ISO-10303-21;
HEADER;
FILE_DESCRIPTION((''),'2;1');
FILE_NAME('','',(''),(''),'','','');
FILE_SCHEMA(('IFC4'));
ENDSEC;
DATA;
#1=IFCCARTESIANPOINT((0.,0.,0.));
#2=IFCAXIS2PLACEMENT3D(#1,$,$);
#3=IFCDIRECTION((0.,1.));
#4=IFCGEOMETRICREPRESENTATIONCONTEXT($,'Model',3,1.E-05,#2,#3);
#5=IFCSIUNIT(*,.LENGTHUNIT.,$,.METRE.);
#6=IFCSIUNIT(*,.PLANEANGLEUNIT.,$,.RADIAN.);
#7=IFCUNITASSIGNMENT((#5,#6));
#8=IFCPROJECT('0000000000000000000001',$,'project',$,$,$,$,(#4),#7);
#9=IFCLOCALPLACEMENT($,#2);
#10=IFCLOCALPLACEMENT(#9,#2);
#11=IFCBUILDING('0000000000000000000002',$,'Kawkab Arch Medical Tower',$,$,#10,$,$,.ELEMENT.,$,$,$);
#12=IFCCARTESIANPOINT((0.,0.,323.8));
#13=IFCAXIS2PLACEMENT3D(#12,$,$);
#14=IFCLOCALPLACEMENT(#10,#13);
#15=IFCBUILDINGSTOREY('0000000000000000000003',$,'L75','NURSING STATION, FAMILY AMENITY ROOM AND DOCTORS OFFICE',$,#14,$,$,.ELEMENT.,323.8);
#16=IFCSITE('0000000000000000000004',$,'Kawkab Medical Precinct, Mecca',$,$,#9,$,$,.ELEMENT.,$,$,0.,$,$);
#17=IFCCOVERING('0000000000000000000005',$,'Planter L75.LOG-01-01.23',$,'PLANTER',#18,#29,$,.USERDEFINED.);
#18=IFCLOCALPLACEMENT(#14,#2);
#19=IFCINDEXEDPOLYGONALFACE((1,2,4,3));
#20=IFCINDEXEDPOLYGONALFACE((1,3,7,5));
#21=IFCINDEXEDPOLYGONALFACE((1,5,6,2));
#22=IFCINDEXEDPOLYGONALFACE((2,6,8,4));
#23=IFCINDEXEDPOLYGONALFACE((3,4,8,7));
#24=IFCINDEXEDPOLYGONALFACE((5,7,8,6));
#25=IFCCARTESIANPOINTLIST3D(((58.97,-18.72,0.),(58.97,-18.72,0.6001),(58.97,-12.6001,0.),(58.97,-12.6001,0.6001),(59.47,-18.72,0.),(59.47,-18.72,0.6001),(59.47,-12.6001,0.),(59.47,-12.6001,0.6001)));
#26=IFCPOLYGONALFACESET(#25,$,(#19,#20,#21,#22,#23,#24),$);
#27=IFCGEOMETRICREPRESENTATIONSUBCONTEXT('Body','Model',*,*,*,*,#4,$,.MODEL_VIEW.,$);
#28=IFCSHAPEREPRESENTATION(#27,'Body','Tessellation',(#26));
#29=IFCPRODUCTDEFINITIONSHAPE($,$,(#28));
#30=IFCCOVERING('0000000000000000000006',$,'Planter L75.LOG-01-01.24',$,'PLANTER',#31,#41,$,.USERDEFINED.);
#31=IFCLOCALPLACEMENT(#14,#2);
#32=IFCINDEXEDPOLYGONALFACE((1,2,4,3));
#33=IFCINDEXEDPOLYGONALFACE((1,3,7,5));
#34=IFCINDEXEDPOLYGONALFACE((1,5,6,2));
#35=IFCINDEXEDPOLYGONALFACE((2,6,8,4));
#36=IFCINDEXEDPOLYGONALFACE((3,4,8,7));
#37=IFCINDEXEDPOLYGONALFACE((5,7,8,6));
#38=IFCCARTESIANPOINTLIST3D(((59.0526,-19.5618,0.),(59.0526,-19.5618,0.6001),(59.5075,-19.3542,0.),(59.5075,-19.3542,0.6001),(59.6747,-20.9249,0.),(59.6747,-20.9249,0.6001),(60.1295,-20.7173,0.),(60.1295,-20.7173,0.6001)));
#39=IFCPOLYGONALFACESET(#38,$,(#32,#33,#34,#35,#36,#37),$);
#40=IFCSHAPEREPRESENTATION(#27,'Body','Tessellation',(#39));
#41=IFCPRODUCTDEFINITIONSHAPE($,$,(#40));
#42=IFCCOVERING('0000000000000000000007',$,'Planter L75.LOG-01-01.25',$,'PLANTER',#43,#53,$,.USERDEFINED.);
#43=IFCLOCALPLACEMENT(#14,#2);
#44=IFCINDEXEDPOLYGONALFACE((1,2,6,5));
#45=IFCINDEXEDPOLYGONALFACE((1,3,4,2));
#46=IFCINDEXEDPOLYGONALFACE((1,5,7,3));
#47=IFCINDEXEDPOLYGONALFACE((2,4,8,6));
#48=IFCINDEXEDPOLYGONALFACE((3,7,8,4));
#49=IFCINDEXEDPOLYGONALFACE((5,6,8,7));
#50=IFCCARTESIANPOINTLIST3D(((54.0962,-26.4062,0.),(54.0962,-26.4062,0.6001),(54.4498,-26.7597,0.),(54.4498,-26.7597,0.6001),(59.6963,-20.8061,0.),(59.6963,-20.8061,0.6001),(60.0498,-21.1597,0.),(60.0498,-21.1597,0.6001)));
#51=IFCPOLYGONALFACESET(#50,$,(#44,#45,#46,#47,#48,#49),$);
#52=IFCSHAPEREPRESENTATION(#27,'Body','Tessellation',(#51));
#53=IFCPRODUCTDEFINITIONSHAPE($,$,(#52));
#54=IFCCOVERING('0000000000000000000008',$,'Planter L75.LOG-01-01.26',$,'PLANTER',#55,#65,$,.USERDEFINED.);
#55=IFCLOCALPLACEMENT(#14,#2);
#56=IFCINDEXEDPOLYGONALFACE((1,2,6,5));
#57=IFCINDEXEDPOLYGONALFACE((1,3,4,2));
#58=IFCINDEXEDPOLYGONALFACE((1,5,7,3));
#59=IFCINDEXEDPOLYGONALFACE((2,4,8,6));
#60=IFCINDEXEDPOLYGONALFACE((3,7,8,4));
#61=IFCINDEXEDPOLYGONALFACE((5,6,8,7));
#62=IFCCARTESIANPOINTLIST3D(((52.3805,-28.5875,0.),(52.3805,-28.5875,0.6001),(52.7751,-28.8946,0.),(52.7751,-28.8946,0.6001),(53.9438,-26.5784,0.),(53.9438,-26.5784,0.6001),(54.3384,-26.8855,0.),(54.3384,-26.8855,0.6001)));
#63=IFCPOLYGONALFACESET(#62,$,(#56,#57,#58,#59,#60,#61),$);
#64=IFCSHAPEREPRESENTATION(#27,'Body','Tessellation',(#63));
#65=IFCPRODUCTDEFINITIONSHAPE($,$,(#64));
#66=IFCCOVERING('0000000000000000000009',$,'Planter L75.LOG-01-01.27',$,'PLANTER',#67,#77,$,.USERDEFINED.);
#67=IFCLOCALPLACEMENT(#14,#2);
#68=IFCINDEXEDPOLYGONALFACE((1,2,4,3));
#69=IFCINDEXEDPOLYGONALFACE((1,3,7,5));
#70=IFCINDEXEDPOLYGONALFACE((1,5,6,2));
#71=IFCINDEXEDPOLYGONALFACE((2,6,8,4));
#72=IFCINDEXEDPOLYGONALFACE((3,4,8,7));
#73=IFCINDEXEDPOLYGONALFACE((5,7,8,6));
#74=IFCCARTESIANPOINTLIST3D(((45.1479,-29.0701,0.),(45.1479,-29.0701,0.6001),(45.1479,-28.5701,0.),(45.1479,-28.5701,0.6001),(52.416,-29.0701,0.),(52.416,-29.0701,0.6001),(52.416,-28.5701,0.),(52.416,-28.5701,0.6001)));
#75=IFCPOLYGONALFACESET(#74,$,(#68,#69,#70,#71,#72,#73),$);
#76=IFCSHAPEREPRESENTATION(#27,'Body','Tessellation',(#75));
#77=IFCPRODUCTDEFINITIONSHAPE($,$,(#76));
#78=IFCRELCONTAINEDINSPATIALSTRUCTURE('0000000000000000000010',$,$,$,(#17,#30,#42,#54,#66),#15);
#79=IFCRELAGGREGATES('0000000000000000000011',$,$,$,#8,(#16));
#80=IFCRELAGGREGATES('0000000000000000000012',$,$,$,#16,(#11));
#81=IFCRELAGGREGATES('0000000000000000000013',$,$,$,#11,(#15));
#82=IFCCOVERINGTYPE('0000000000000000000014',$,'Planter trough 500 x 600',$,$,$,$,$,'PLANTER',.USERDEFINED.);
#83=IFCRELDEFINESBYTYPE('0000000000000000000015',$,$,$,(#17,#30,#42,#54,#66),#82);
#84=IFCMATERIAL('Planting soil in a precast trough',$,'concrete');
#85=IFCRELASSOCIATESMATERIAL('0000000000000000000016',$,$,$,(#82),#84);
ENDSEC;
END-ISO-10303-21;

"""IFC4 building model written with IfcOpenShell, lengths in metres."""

from ifc_helpers import new_model, si_unit, direction, frame, origin, origin_2d, place, context, subcontext, project, spatial, rectangle, extrude, material, material_profile, profile_set, type_object, element, save


model = new_model("IFC4")

# Units and contexts
model_context = context("Model", 3, precision=1e-05, world=origin(), true_north=direction((0.0, 1.0)))
body_context = subcontext(model_context, "Body", "Model", "MODEL_VIEW")
ifc_project = project(units=[si_unit("LENGTHUNIT", "METRE"), si_unit("PLANEANGLEUNIT", "RADIAN")], contexts=[model_context])

# Site, building, storey
site_placement = place(None, origin())
site = spatial("IfcSite", under=ifc_project, at=site_placement, Name="Kawkab Medical Precinct, Mecca", CompositionType="ELEMENT", RefElevation=0.0)
building_placement = place(site_placement, origin())
building = spatial("IfcBuilding", under=site, at=building_placement, Name="Kawkab Arch Medical Tower", CompositionType="ELEMENT")
storey_placement = place(building_placement, frame((0.0, 0.0, 323.8)))
storey = spatial("IfcBuildingStorey", under=building, at=storey_placement, Name="L75", Description="NURSING STATION, FAMILY AMENITY ROOM AND DOCTORS OFFICE", CompositionType="ELEMENT", Elevation=323.8)

# Coverings
ifc_material_1 = material(Name="Planting soil in a precast trough", Category="concrete")
ifc_material_profile_1 = material_profile(ifc_material_1, rectangle(XDim=0.5, YDim=0.6001, at=origin_2d()), Name="Trough 500x600")
ifc_profile_set_1 = profile_set([ifc_material_profile_1], Name="Planting soil in a precast trough")
covering_type = type_object("IfcCoveringType", Name="Planter trough 500 x 600", ElementType="PLANTER", PredefinedType="USERDEFINED", material=ifc_profile_set_1)
covering_1_placement = place(storey_placement, frame((59.22, -12.6001, 0.3), z_axis=(0.0, -1.0, 0.0), x_axis=(1.0, 0.0, 0.0)))
element("IfcCovering", 1, at=covering_1_placement, inside=storey, type_object=covering_type, Name="Planter L75.LOG-01-01.23", ObjectType="PLANTER", PredefinedType="USERDEFINED", context=body_context, shape_type="SweptSolid", body=[
    extrude(rectangle(XDim=0.5, YDim=0.6001, at=origin_2d()), origin(), (0.0, 0.0, 1.0), 6.1199),
])
covering_2_placement = place(storey_placement, frame((59.28, -19.458, 0.3), z_axis=(0.41519, -0.909735, 0.0), x_axis=(0.909735, 0.41519, 0.0)))
element("IfcCovering", 2, at=covering_2_placement, inside=storey, type_object=covering_type, Name="Planter L75.LOG-01-01.24", ObjectType="PLANTER", PredefinedType="USERDEFINED", context=body_context, shape_type="SweptSolid", body=[
    extrude(rectangle(XDim=0.5, YDim=0.6001, at=origin_2d()), origin(), (0.0, 0.0, 1.0), 1.4983),
])
covering_3_placement = place(storey_placement, frame((59.873, -20.9829, 0.3), z_axis=(-0.707107, -0.707107, 0.0), x_axis=(0.707107, -0.707107, 0.0)))
element("IfcCovering", 3, at=covering_3_placement, inside=storey, type_object=covering_type, Name="Planter L75.LOG-01-01.25", ObjectType="PLANTER", PredefinedType="USERDEFINED", context=body_context, shape_type="SweptSolid", body=[
    extrude(rectangle(XDim=0.5, YDim=0.6001, at=origin_2d()), origin(), (0.0, 0.0, 1.0), 7.9197),
])
covering_4_placement = place(storey_placement, frame((54.1411, -26.7319, 0.3), z_axis=(-0.6141, -0.789228, 0.0), x_axis=(0.789228, -0.6141, 0.0)))
element("IfcCovering", 4, at=covering_4_placement, inside=storey, type_object=covering_type, Name="Planter L75.LOG-01-01.26", ObjectType="PLANTER", PredefinedType="USERDEFINED", context=body_context, shape_type="SweptSolid", body=[
    extrude(rectangle(XDim=0.5, YDim=0.6001, at=origin_2d()), origin(), (0.0, 0.0, 1.0), 2.5457),
])
covering_5_placement = place(storey_placement, frame((52.416, -28.8201, 0.3), z_axis=(-1.0, 0.0, 0.0), x_axis=(0.0, -1.0, 0.0)))
element("IfcCovering", 5, at=covering_5_placement, inside=storey, type_object=covering_type, Name="Planter L75.LOG-01-01.27", ObjectType="PLANTER", PredefinedType="USERDEFINED", context=body_context, shape_type="SweptSolid", body=[
    extrude(rectangle(XDim=0.5, YDim=0.6001, at=origin_2d()), origin(), (0.0, 0.0, 1.0), 7.2681),
])

save(model, "model.ifc")
